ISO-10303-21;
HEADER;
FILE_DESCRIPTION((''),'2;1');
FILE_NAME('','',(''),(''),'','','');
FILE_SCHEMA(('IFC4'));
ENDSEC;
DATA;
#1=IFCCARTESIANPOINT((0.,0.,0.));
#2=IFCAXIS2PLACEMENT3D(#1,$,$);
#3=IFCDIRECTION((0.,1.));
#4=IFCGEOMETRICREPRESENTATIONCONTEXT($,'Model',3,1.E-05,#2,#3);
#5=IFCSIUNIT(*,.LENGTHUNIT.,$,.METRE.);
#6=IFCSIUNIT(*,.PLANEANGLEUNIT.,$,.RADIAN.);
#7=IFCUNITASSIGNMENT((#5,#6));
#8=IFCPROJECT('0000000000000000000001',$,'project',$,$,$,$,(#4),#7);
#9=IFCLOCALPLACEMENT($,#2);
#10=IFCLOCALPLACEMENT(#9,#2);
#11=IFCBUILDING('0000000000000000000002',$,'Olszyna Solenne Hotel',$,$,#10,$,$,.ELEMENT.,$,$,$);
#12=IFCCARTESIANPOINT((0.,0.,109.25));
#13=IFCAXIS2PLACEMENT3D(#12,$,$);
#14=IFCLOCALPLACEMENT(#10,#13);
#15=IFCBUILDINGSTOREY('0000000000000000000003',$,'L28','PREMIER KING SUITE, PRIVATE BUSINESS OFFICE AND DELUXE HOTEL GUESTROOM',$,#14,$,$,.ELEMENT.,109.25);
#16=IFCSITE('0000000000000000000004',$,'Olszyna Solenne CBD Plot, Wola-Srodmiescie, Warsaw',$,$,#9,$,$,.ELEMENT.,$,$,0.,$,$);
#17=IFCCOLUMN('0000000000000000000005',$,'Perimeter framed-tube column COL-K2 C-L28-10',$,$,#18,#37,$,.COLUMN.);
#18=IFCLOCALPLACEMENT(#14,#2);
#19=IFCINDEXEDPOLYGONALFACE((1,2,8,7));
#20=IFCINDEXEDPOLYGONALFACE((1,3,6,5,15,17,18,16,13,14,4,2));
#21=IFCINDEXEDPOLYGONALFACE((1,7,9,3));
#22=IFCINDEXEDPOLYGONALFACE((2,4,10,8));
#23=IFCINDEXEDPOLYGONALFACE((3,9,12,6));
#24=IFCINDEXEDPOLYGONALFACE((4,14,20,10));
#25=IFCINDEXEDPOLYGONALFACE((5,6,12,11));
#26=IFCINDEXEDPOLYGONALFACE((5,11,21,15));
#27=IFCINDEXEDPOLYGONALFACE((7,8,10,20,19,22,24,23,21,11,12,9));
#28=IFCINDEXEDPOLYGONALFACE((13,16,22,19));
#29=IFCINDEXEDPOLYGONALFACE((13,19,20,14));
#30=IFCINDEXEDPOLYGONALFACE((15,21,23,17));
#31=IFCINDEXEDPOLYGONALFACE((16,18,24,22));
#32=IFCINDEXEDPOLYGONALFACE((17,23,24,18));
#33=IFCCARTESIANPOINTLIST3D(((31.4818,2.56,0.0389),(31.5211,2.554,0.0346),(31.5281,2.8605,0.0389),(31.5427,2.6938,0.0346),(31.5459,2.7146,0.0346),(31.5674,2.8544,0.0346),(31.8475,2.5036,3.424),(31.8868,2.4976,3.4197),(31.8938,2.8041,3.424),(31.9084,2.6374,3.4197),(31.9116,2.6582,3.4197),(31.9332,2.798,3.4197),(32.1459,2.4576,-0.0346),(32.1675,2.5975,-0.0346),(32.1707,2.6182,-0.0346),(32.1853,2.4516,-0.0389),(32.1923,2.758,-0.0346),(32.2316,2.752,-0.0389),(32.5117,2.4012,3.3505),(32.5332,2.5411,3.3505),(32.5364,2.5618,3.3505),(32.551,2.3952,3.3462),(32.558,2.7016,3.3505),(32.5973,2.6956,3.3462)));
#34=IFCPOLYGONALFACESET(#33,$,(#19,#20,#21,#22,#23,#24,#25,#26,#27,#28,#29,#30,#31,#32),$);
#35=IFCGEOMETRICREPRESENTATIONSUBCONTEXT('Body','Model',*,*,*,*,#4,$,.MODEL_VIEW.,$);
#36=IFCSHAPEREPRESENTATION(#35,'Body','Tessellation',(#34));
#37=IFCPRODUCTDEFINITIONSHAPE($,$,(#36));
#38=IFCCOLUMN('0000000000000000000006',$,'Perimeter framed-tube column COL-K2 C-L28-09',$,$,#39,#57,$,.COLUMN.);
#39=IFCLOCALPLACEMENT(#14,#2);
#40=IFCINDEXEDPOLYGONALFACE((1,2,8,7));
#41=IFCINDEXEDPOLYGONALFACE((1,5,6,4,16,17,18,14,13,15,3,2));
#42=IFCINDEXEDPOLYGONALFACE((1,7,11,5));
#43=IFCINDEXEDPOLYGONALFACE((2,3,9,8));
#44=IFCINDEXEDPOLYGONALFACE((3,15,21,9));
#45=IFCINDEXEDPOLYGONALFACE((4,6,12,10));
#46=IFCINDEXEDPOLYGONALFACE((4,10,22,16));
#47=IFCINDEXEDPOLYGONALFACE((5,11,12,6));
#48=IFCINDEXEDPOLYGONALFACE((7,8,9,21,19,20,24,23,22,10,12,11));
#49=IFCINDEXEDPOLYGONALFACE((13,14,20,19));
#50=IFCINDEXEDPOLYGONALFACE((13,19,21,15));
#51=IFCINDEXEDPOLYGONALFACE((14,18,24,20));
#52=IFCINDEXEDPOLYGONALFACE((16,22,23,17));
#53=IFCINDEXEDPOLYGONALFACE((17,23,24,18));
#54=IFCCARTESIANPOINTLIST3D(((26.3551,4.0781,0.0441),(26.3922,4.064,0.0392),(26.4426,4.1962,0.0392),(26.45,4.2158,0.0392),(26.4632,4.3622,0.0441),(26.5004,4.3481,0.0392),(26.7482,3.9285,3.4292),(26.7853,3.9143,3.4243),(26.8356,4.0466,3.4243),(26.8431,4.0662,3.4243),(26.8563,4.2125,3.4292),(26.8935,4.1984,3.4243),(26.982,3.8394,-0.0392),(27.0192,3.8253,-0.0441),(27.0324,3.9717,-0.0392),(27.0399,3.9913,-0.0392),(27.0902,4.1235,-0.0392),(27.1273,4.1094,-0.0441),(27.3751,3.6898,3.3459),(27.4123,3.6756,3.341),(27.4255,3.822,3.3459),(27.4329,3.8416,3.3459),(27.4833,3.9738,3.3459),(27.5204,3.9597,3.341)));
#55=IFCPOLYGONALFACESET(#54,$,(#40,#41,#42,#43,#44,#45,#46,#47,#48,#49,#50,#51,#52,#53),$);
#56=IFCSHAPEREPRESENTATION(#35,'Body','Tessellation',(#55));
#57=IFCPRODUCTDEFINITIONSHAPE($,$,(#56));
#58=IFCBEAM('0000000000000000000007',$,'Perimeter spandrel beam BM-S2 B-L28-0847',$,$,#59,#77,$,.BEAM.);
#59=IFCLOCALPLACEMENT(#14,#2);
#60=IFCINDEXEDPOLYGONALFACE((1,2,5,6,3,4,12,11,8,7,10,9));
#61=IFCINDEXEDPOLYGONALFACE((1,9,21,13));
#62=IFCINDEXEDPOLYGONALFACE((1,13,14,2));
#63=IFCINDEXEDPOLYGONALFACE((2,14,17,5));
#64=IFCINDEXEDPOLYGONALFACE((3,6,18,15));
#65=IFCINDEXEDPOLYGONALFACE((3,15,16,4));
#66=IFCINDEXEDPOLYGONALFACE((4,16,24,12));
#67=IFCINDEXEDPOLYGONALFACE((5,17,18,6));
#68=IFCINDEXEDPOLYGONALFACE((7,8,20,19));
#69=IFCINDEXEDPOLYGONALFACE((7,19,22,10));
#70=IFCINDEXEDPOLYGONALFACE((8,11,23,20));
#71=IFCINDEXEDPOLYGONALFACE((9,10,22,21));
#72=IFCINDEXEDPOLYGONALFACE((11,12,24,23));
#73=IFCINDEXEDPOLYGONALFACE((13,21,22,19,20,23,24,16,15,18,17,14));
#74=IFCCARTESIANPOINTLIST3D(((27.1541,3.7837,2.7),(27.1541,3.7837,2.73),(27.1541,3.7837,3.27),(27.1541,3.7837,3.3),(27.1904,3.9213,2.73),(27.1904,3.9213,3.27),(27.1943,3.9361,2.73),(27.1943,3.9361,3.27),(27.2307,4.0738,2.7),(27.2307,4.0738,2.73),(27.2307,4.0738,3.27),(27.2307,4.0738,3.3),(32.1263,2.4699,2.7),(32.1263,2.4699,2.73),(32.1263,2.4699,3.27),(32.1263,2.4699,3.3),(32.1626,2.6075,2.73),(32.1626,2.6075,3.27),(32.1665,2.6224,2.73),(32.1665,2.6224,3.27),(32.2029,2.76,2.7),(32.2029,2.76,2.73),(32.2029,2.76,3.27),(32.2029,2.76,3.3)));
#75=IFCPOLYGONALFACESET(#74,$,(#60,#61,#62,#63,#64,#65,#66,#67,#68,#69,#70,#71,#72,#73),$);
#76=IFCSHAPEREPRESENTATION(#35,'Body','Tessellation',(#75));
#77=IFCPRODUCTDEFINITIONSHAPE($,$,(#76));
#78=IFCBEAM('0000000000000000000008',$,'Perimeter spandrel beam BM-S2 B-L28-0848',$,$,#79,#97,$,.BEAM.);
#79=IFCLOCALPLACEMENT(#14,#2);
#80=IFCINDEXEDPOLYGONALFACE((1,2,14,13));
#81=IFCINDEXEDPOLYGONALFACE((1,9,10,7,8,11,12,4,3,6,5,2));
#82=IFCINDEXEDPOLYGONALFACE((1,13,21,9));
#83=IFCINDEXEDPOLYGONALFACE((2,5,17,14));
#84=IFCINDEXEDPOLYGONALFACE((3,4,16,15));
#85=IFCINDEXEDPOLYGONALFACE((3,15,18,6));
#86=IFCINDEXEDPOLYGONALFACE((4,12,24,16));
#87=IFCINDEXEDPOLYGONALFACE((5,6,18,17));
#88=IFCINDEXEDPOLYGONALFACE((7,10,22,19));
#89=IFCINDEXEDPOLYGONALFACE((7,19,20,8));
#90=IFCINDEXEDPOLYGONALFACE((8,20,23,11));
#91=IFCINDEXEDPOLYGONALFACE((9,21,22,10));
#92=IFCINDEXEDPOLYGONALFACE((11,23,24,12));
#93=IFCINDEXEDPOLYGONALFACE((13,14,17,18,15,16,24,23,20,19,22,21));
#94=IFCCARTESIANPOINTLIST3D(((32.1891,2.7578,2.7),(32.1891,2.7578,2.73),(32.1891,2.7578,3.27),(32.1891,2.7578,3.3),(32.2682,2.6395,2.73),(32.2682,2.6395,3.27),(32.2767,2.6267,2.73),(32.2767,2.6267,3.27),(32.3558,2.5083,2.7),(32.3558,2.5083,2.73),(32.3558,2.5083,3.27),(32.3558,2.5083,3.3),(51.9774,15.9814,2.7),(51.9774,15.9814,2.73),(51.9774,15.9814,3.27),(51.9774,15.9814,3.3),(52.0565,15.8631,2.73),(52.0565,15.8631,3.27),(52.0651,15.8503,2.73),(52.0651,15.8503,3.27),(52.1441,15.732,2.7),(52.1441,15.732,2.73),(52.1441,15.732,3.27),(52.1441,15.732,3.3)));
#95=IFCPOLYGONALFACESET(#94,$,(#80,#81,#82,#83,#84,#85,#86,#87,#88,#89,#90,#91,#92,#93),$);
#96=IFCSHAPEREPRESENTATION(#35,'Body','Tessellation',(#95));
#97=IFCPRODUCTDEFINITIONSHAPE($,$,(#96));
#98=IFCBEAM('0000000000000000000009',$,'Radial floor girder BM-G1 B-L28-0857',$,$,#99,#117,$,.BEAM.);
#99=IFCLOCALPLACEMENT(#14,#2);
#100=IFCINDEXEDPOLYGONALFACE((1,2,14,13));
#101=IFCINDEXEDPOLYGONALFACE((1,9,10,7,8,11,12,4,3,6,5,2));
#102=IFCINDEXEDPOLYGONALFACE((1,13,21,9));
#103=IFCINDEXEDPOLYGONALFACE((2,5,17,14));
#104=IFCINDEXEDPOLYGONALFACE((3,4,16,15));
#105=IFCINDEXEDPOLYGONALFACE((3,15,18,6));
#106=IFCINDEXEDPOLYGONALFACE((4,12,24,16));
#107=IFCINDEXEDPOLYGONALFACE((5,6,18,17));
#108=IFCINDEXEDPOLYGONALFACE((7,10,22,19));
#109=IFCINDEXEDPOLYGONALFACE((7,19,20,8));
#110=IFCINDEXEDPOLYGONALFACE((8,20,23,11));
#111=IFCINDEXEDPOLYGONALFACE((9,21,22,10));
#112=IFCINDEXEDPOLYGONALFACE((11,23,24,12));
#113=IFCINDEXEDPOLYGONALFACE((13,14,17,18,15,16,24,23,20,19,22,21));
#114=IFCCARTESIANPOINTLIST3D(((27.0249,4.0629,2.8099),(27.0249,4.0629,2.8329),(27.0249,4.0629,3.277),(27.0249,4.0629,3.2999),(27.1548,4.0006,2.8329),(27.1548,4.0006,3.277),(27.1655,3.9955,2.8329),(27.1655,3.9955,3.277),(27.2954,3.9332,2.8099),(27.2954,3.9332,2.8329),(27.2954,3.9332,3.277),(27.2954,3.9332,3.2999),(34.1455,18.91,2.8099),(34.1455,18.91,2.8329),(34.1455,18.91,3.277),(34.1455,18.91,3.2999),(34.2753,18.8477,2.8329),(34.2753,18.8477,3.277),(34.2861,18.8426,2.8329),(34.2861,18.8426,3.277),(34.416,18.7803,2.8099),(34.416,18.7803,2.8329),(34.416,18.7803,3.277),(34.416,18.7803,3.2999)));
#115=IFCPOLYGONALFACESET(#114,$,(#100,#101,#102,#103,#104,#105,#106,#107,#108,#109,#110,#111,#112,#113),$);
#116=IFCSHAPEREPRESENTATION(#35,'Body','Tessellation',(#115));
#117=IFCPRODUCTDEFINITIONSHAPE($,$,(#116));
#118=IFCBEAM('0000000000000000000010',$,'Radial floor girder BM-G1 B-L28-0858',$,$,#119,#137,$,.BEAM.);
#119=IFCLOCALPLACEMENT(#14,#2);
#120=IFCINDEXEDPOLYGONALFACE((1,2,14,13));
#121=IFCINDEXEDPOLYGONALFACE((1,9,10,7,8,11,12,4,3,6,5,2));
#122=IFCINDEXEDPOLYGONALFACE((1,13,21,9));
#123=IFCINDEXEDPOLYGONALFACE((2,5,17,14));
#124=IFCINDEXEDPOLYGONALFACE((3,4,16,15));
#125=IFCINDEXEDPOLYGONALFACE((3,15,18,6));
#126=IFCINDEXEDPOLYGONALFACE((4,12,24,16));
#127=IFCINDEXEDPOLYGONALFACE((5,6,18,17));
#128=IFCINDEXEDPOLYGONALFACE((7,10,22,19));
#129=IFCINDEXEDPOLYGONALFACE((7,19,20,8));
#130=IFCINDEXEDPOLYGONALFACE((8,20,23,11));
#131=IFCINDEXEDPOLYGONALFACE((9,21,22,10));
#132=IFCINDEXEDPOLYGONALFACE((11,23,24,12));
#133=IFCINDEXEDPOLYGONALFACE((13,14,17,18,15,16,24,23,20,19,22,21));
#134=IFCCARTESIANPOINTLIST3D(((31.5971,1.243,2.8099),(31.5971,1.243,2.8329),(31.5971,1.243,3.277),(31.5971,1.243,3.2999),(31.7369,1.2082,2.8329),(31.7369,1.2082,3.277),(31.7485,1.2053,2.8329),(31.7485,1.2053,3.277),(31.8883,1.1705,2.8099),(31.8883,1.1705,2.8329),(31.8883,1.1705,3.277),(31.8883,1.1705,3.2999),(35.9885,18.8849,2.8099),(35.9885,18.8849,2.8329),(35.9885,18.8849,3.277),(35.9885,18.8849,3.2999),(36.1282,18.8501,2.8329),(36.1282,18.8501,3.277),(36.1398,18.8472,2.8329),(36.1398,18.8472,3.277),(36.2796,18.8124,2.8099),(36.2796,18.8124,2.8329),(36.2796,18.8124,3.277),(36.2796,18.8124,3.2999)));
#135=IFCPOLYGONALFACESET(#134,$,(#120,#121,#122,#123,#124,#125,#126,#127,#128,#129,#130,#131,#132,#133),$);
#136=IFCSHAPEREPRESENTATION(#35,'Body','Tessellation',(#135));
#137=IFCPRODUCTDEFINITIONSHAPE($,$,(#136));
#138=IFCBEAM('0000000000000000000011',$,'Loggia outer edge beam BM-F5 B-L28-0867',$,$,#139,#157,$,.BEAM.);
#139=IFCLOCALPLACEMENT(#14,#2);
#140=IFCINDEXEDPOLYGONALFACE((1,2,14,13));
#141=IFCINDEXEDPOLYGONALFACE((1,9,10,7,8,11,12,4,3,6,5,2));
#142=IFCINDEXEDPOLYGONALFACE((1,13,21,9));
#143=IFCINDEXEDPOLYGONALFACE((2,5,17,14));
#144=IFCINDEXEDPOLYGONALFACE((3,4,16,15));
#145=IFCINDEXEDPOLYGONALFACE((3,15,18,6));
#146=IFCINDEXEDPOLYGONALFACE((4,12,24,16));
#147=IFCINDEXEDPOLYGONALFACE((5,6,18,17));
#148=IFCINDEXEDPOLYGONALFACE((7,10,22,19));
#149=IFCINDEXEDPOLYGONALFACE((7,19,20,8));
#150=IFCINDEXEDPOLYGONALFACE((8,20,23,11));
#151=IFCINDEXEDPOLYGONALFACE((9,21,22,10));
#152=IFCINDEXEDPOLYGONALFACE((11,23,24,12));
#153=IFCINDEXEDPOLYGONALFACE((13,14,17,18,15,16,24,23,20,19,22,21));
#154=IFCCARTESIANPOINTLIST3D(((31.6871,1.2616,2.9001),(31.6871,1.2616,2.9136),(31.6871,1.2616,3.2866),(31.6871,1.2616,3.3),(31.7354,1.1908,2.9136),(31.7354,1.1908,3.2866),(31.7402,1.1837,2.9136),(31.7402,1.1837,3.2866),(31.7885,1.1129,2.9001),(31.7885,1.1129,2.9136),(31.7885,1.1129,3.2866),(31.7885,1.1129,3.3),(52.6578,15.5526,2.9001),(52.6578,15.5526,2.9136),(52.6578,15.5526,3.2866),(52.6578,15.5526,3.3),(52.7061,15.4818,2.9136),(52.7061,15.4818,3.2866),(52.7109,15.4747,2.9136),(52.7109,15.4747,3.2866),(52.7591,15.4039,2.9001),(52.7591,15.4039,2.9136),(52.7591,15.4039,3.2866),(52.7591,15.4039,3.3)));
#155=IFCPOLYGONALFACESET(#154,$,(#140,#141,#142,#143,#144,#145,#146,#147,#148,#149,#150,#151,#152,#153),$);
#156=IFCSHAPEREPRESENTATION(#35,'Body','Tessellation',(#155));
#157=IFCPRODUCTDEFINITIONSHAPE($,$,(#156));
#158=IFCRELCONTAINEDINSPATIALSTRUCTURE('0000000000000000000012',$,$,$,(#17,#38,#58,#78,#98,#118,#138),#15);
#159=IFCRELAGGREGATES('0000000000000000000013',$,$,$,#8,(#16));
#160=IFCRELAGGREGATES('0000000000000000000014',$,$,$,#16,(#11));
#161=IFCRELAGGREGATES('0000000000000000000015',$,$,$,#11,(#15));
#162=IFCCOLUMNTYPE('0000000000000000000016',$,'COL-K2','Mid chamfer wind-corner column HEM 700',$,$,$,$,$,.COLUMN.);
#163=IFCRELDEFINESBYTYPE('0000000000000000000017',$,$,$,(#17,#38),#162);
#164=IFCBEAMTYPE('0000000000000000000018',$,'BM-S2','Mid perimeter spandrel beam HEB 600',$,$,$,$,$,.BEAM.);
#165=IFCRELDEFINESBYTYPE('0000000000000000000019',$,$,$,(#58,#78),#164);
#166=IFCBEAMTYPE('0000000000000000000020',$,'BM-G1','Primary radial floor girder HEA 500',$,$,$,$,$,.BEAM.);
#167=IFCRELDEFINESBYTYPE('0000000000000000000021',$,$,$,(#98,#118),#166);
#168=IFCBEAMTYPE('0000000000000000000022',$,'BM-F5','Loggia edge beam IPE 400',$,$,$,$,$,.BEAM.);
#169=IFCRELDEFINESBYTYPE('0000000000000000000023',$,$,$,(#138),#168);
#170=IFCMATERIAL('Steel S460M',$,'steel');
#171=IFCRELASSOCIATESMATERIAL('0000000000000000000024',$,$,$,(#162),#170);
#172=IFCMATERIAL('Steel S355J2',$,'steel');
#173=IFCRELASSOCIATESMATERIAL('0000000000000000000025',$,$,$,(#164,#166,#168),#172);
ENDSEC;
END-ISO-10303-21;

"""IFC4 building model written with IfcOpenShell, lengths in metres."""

from ifc_helpers import new_model, si_unit, direction, frame, origin, origin_2d, place, context, subcontext, project, spatial, i_section, extrude, source, transform, mapped, material, material_profile, profile_set, type_object, element, save


model = new_model("IFC4")

# Units and contexts
model_context = context("Model", 3, precision=1e-05, world=origin(), true_north=direction((0.0, 1.0)))
body_context = subcontext(model_context, "Body", "Model", "MODEL_VIEW")
ifc_project = project(units=[si_unit("LENGTHUNIT", "METRE"), si_unit("PLANEANGLEUNIT", "RADIAN")], contexts=[model_context])

# Site, building, storey
site_placement = place(None, origin())
site = spatial("IfcSite", under=ifc_project, at=site_placement, Name="Olszyna Solenne CBD Plot, Wola-Srodmiescie, Warsaw", CompositionType="ELEMENT", RefElevation=0.0)
building_placement = place(site_placement, origin())
building = spatial("IfcBuilding", under=site, at=building_placement, Name="Olszyna Solenne Hotel", CompositionType="ELEMENT")
storey_placement = place(building_placement, frame((0.0, 0.0, 109.25)))
storey = spatial("IfcBuildingStorey", under=building, at=storey_placement, Name="L28", Description="PREMIER KING SUITE, PRIVATE BUSINESS OFFICE AND DELUXE HOTEL GUESTROOM", CompositionType="ELEMENT", Elevation=109.25)

# Columns
ifc_material_1 = material(Name="Steel S460M", Category="steel")
ifc_material_profile_1 = material_profile(ifc_material_1, i_section(OverallWidth=0.304, OverallDepth=0.7161, WebThickness=0.021, FlangeThickness=0.04, at=origin_2d()), Name="HEM 700", Category="load-bearing")
ifc_profile_set_1 = profile_set([ifc_material_profile_1], Name="Steel S460M")
column_type = type_object("IfcColumnType", Name="COL-K2", Description="Mid chamfer wind-corner column HEM 700", PredefinedType="COLUMN", material=ifc_profile_set_1)
shared_shape_1 = source(origin(), body_context, "Body", "SweptSolid", [
    extrude(i_section(OverallWidth=0.304, OverallDepth=0.7161, WebThickness=0.021, FlangeThickness=0.04, at=origin_2d()), origin(), (0.0, 0.0, 1.0), 3.4053),
])
column_1_placement = place(storey_placement, frame((31.8567, 2.656, 0.0), z_axis=(0.107402, -0.016562, 0.994078), x_axis=(0.152404, 0.988318, 0.0)))
element("IfcColumn", 1, at=column_1_placement, inside=storey, type_object=column_type, Name="Perimeter framed-tube column COL-K2 C-L28-10", PredefinedType="COLUMN", context=body_context, shape_type="MappedRepresentation", body=[
    mapped(shared_shape_1, transform((0.0, 0.0, 0.0), x_axis=(1.0, 0.0, 0.0), y_axis=(0.0, 1.0, 0.0), z_axis=(0.0, 0.0, 1.0), scale=1.0)),
])
shared_shape_2 = source(origin(), body_context, "Body", "SweptSolid", [
    extrude(i_section(OverallWidth=0.304, OverallDepth=0.7161, WebThickness=0.021, FlangeThickness=0.04, at=origin_2d()), origin(), (0.0, 0.0, 1.0), 3.4111),
])
column_2_placement = place(storey_placement, frame((26.7412, 4.0938, 0.0), z_axis=(0.115234, -0.043875, 0.992369), x_axis=(0.355826, 0.934552, 0.0)))
element("IfcColumn", 2, at=column_2_placement, inside=storey, type_object=column_type, Name="Perimeter framed-tube column COL-K2 C-L28-09", PredefinedType="COLUMN", context=body_context, shape_type="MappedRepresentation", body=[
    mapped(shared_shape_2, transform((0.0, 0.0, 0.0), x_axis=(1.0, 0.0, 0.0), y_axis=(0.0, 1.0, 0.0), z_axis=(0.0, 0.0, 1.0), scale=1.0)),
])

# Beams
ifc_material_2 = material(Name="Steel S355J2", Category="steel")
ifc_material_profile_2 = material_profile(ifc_material_2, i_section(OverallWidth=0.3, OverallDepth=0.6001, WebThickness=0.0154, FlangeThickness=0.03, at=origin_2d()), Name="HEB 600", Category="load-bearing")
ifc_profile_set_2 = profile_set([ifc_material_profile_2], Name="Steel S355J2")
beam_type_1 = type_object("IfcBeamType", Name="BM-S2", Description="Mid perimeter spandrel beam HEB 600", PredefinedType="BEAM", material=ifc_profile_set_2)
shared_shape_3 = source(origin(), body_context, "Body", "SweptSolid", [
    extrude(i_section(OverallWidth=0.3, OverallDepth=0.6001, WebThickness=0.0154, FlangeThickness=0.03, at=origin_2d()), origin(), (0.0, 0.0, 1.0), 5.1428),
])
beam_1_placement = place(storey_placement, frame((27.1924, 3.9287, 3.0), z_axis=(0.966823, -0.255449, 0.0), x_axis=(0.255449, 0.966823, 0.0)))
element("IfcBeam", 3, at=beam_1_placement, inside=storey, type_object=beam_type_1, Name="Perimeter spandrel beam BM-S2 B-L28-0847", PredefinedType="BEAM", context=body_context, shape_type="MappedRepresentation", body=[
    mapped(shared_shape_3, transform((0.0, 0.0, 0.0), x_axis=(1.0, 0.0, 0.0), y_axis=(0.0, 1.0, 0.0), z_axis=(0.0, 0.0, 1.0), scale=1.0)),
])
shared_shape_4 = source(origin(), body_context, "Body", "SweptSolid", [
    extrude(i_section(OverallWidth=0.3, OverallDepth=0.6001, WebThickness=0.0154, FlangeThickness=0.03, at=origin_2d()), origin(), (0.0, 0.0, 1.0), 23.8),
])
beam_2_placement = place(storey_placement, frame((32.2725, 2.6331, 3.0), z_axis=(0.831441, 0.555614, 0.0), x_axis=(-0.555614, 0.831441, 0.0)))
element("IfcBeam", 4, at=beam_2_placement, inside=storey, type_object=beam_type_1, Name="Perimeter spandrel beam BM-S2 B-L28-0848", PredefinedType="BEAM", context=body_context, shape_type="MappedRepresentation", body=[
    mapped(shared_shape_4, transform((0.0, 0.0, 0.0), x_axis=(1.0, 0.0, 0.0), y_axis=(0.0, 1.0, 0.0), z_axis=(0.0, 0.0, 1.0), scale=1.0)),
])
ifc_material_profile_3 = material_profile(ifc_material_2, i_section(OverallWidth=0.3, OverallDepth=0.49, WebThickness=0.012, FlangeThickness=0.0229, at=origin_2d()), Name="HEA 500", Category="load-bearing")
ifc_profile_set_3 = profile_set([ifc_material_profile_3], Name="Steel S355J2")
beam_type_2 = type_object("IfcBeamType", Name="BM-G1", Description="Primary radial floor girder HEA 500", PredefinedType="BEAM", material=ifc_profile_set_3)
shared_shape_5 = source(origin(), body_context, "Body", "SweptSolid", [
    extrude(i_section(OverallWidth=0.3, OverallDepth=0.49, WebThickness=0.012, FlangeThickness=0.0229, at=origin_2d()), origin(), (0.0, 0.0, 1.0), 16.4663),
])
beam_3_placement = place(storey_placement, frame((27.1602, 3.998, 3.0549), z_axis=(0.432433, 0.901666, 0.0), x_axis=(-0.901666, 0.432433, 0.0)))
element("IfcBeam", 5, at=beam_3_placement, inside=storey, type_object=beam_type_2, Name="Radial floor girder BM-G1 B-L28-0857", PredefinedType="BEAM", context=body_context, shape_type="MappedRepresentation", body=[
    mapped(shared_shape_5, transform((0.0, 0.0, 0.0), x_axis=(1.0, 0.0, 0.0), y_axis=(0.0, 1.0, 0.0), z_axis=(0.0, 0.0, 1.0), scale=1.0)),
])
shared_shape_6 = source(origin(), body_context, "Body", "SweptSolid", [
    extrude(i_section(OverallWidth=0.3, OverallDepth=0.49, WebThickness=0.012, FlangeThickness=0.0229, at=origin_2d()), origin(), (0.0, 0.0, 1.0), 18.1802),
])
beam_4_placement = place(storey_placement, frame((31.7427, 1.2068, 3.0549), z_axis=(0.241546, 0.970389, 0.0), x_axis=(-0.970389, 0.241546, 0.0)))
element("IfcBeam", 6, at=beam_4_placement, inside=storey, type_object=beam_type_2, Name="Radial floor girder BM-G1 B-L28-0858", PredefinedType="BEAM", context=body_context, shape_type="MappedRepresentation", body=[
    mapped(shared_shape_6, transform((0.0, 0.0, 0.0), x_axis=(1.0, 0.0, 0.0), y_axis=(0.0, 1.0, 0.0), z_axis=(0.0, 0.0, 1.0), scale=1.0)),
])
ifc_material_profile_4 = material_profile(ifc_material_2, i_section(OverallWidth=0.1799, OverallDepth=0.3999, WebThickness=0.0085, FlangeThickness=0.0134, at=origin_2d()), Name="IPE 400", Category="load-bearing")
ifc_profile_set_4 = profile_set([ifc_material_profile_4], Name="Steel S355J2")
beam_type_3 = type_object("IfcBeamType", Name="BM-F5", Description="Loggia edge beam IPE 400", PredefinedType="BEAM", material=ifc_profile_set_4)
shared_shape_7 = source(origin(), body_context, "Body", "SweptSolid", [
    extrude(i_section(OverallWidth=0.1799, OverallDepth=0.3999, WebThickness=0.0085, FlangeThickness=0.0134, at=origin_2d()), origin(), (0.0, 0.0, 1.0), 25.3772),
])
beam_5_placement = place(storey_placement, frame((31.7378, 1.1873, 3.1001), z_axis=(0.826359, 0.563143, 0.0), x_axis=(-0.563143, 0.826359, 0.0)))
element("IfcBeam", 7, at=beam_5_placement, inside=storey, type_object=beam_type_3, Name="Loggia outer edge beam BM-F5 B-L28-0867", PredefinedType="BEAM", context=body_context, shape_type="MappedRepresentation", body=[
    mapped(shared_shape_7, transform((0.0, 0.0, 0.0), x_axis=(1.0, 0.0, 0.0), y_axis=(0.0, 1.0, 0.0), z_axis=(0.0, 0.0, 1.0), scale=1.0)),
])

save(model, "model.ifc")
